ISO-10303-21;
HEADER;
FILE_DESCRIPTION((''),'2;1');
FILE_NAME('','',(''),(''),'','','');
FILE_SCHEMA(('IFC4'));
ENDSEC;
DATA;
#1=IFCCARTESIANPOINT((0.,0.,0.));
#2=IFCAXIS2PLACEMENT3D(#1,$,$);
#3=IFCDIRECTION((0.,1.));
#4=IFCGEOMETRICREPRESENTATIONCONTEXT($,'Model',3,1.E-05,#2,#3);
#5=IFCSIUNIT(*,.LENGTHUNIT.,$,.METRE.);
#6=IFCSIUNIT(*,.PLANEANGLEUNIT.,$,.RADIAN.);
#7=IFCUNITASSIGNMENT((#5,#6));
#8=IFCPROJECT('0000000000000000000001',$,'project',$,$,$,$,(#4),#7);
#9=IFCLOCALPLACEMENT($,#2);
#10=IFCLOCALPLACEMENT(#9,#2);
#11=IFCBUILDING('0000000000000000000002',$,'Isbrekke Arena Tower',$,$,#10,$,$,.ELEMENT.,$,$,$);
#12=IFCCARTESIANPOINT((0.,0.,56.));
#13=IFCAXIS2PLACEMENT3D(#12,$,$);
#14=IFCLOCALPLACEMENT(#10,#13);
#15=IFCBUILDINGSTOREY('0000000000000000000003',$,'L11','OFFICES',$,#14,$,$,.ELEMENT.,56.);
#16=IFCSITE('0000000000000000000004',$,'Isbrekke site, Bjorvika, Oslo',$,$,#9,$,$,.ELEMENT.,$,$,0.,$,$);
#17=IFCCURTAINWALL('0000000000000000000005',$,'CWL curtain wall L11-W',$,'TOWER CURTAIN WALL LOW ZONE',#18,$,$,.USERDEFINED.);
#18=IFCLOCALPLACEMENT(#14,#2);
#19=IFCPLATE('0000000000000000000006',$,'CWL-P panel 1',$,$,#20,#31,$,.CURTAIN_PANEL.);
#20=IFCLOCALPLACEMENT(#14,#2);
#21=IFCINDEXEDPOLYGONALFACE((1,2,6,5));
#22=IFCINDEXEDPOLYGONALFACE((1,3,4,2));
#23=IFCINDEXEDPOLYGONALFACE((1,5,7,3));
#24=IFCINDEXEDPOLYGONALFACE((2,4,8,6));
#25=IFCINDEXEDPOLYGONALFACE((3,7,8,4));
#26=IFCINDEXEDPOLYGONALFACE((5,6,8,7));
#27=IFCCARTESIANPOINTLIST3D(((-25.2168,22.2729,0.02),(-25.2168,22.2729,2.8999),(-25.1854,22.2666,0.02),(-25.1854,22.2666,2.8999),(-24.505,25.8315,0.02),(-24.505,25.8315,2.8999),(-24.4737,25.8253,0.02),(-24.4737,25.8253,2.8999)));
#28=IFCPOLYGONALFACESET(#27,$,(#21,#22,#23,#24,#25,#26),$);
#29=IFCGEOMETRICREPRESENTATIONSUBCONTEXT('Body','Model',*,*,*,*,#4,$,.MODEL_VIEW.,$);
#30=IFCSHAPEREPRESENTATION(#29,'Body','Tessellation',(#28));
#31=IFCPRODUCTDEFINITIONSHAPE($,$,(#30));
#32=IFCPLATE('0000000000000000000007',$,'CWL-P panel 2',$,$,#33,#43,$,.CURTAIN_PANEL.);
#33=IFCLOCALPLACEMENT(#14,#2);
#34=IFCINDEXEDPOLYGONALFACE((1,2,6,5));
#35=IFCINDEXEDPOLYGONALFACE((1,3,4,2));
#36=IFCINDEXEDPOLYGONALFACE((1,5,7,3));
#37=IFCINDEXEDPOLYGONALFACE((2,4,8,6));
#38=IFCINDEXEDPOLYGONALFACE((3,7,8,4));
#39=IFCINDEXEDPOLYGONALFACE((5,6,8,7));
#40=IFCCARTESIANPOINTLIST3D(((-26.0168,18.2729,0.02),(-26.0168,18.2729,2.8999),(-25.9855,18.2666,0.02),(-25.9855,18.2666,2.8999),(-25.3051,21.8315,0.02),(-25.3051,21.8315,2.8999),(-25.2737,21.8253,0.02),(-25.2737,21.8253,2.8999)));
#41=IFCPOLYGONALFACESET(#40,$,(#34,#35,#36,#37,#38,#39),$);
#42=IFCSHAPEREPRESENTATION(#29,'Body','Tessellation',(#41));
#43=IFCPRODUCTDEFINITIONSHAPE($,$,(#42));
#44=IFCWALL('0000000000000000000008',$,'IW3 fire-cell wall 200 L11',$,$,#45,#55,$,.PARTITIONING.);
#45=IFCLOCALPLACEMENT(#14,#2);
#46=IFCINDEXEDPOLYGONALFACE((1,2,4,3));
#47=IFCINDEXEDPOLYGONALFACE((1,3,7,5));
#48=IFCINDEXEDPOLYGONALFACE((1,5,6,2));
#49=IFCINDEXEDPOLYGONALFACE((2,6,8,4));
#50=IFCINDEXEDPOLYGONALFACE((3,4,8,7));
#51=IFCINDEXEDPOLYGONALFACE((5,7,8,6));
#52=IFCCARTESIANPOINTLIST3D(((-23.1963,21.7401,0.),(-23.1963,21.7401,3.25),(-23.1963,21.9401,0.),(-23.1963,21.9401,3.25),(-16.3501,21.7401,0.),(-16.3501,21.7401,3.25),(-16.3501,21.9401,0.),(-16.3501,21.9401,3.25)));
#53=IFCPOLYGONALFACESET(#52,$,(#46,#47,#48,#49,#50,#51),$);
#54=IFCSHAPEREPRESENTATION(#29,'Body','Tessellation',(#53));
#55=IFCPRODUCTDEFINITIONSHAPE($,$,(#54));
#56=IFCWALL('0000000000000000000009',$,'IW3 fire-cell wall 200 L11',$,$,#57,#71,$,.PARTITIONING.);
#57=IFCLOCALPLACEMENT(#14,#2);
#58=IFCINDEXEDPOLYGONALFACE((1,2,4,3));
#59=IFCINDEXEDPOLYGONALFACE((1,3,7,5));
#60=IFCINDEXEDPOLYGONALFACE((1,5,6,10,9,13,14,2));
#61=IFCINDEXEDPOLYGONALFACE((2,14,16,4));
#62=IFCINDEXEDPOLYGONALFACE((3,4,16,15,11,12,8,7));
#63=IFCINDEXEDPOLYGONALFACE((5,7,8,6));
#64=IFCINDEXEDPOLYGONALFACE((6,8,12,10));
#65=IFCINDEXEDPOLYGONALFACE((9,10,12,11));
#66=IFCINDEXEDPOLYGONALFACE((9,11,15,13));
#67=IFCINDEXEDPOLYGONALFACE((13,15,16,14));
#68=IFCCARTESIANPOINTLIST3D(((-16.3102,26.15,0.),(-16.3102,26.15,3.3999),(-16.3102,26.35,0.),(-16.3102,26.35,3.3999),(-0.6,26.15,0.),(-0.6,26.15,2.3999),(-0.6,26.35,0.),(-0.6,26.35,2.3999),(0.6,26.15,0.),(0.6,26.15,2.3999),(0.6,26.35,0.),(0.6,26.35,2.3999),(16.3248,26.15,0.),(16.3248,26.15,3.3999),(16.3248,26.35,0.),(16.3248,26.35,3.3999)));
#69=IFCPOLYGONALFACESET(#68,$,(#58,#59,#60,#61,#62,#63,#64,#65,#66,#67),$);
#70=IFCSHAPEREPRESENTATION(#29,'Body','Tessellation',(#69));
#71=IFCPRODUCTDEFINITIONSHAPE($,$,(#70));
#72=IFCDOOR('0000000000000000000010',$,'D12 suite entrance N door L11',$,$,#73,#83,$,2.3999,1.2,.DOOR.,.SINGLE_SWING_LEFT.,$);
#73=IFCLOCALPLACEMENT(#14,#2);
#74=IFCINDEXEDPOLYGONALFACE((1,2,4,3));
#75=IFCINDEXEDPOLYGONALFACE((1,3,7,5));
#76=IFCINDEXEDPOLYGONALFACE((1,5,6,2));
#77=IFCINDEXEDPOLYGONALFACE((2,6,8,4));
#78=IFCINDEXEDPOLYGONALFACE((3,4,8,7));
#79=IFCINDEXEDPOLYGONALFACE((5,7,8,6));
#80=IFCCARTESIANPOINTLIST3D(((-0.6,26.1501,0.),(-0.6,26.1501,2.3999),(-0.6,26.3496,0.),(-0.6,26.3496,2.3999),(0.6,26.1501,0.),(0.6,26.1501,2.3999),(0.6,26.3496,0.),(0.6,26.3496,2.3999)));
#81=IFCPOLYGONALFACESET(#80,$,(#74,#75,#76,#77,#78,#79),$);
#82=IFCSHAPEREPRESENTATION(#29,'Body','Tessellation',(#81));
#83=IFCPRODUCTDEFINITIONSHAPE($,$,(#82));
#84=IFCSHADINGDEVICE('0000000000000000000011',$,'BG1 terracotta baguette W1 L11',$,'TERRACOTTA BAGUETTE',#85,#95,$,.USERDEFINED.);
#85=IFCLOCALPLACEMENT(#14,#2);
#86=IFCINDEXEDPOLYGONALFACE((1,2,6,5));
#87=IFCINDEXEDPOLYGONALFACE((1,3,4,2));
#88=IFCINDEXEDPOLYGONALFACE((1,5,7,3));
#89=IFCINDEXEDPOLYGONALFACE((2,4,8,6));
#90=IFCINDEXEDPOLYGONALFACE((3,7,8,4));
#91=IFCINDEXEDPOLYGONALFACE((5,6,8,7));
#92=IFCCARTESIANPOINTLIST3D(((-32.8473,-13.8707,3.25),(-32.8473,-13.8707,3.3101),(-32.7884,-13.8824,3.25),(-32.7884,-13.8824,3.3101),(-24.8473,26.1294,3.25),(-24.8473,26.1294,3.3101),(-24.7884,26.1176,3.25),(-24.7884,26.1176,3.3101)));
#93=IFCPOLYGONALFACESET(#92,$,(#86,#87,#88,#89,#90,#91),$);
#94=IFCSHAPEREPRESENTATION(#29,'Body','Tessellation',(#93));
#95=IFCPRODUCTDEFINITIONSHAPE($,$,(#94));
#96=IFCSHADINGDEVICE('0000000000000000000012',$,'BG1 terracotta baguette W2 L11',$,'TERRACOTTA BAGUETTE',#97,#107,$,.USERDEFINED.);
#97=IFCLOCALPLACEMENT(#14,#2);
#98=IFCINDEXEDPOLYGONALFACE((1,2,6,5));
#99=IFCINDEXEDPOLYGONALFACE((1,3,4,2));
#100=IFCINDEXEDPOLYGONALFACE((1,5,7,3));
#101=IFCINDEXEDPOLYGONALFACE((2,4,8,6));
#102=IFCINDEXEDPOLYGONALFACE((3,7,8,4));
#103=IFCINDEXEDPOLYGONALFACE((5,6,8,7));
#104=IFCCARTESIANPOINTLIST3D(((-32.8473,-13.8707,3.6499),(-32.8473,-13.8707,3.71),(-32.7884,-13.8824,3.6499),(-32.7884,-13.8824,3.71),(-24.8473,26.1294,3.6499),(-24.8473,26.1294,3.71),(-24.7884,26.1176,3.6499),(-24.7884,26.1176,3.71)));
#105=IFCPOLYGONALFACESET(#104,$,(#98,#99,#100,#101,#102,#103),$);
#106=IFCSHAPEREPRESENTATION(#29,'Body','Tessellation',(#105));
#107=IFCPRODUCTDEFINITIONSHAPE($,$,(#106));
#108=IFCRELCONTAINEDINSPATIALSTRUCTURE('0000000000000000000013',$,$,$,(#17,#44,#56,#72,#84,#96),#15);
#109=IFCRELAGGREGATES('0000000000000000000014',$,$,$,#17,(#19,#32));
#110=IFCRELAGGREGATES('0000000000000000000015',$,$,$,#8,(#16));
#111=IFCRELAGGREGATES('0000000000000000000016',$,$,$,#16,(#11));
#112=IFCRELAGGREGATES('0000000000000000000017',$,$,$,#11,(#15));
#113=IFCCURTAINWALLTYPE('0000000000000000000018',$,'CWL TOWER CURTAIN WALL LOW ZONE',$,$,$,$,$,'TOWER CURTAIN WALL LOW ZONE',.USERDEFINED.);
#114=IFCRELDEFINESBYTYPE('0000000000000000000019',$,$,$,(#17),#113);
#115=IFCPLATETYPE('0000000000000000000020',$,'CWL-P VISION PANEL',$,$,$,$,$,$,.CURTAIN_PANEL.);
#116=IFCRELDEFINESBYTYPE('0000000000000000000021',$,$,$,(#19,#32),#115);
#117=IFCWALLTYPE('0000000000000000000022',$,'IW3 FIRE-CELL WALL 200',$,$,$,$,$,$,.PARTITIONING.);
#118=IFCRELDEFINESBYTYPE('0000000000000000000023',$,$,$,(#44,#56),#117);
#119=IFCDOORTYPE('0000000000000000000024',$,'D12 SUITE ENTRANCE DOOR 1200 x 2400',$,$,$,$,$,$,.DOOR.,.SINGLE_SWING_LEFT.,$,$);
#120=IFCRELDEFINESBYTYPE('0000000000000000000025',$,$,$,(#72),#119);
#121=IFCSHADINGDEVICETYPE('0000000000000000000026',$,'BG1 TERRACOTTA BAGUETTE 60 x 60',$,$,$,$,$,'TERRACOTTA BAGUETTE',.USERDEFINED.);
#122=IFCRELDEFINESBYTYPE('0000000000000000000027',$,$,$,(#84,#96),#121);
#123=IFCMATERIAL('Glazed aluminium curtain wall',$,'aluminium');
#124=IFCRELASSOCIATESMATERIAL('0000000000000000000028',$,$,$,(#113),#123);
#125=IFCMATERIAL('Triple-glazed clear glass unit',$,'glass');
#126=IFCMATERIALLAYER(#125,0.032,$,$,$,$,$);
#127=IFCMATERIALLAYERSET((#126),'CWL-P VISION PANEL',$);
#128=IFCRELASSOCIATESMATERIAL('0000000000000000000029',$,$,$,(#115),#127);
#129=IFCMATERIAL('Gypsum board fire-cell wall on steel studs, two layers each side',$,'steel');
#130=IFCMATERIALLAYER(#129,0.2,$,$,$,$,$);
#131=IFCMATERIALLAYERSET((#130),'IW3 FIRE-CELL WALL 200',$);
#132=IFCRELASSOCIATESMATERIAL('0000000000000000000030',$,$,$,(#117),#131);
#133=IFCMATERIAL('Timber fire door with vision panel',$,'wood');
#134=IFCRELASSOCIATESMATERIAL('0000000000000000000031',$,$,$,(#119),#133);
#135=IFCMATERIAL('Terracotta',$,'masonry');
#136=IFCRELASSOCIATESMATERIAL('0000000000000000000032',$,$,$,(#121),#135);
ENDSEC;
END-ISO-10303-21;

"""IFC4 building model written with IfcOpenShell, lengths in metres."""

from ifc_helpers import new_model, si_unit, direction, frame, frame_2d, origin, origin_2d, place, context, subcontext, project, spatial, rectangle, extrude, material, layer, layer_set, material_profile, profile_set, type_object, element, fill, aggregate, save


model = new_model("IFC4")

# Units and contexts
model_context = context("Model", 3, precision=1e-05, world=origin(), true_north=direction((0.0, 1.0)))
body_context = subcontext(model_context, "Body", "Model", "MODEL_VIEW")
ifc_project = project(units=[si_unit("LENGTHUNIT", "METRE"), si_unit("PLANEANGLEUNIT", "RADIAN")], contexts=[model_context])

# Site, building, storey
site_placement = place(None, origin())
site = spatial("IfcSite", under=ifc_project, at=site_placement, Name="Isbrekke site, Bjorvika, Oslo", CompositionType="ELEMENT", RefElevation=0.0)
building_placement = place(site_placement, origin())
building = spatial("IfcBuilding", under=site, at=building_placement, Name="Isbrekke Arena Tower", CompositionType="ELEMENT")
storey_placement = place(building_placement, frame((0.0, 0.0, 56.0)))
storey = spatial("IfcBuildingStorey", under=building, at=storey_placement, Name="L11", Description="OFFICES", CompositionType="ELEMENT", Elevation=56.0)

# Shared definitions
ifc_material_1 = material(Name="Glazed aluminium curtain wall", Category="aluminium")
curtain_wall_type = type_object("IfcCurtainWallType", Name="CWL TOWER CURTAIN WALL LOW ZONE", ElementType="TOWER CURTAIN WALL LOW ZONE", PredefinedType="USERDEFINED", material=ifc_material_1)

# Curtain wall
curtain_wall_1_placement = place(storey_placement, origin())
curtain_wall_1 = element("IfcCurtainWall", 1, at=curtain_wall_1_placement, inside=storey, type_object=curtain_wall_type, Name="CWL curtain wall L11-W", ObjectType="TOWER CURTAIN WALL LOW ZONE", PredefinedType="USERDEFINED")

# Plates
ifc_material_2 = material(Name="Triple-glazed clear glass unit", Category="glass")
ifc_layer_1 = layer(ifc_material_2, 0.032)
ifc_layer_set_1 = layer_set([ifc_layer_1], Name="CWL-P VISION PANEL")
plate_type = type_object("IfcPlateType", Name="CWL-P VISION PANEL", PredefinedType="CURTAIN_PANEL", material=ifc_layer_set_1)
plate_1_placement = place(storey_placement, frame((-24.8452, 24.0491, 0.02), z_axis=(0.0, 0.0, 1.0), x_axis=(-0.196116, -0.980581, 0.0)))
plate_1 = element("IfcPlate", 2, at=plate_1_placement, type_object=plate_type, Name="CWL-P panel 1", PredefinedType="CURTAIN_PANEL", context=body_context, shape_type="SweptSolid", body=[
    extrude(rectangle(XDim=3.6292, YDim=0.032, at=origin_2d()), origin(), (0.0, 0.0, 1.0), 2.8799),
])
plate_2_placement = place(storey_placement, frame((-25.6453, 20.0491, 0.02), z_axis=(0.0, 0.0, 1.0), x_axis=(-0.196116, -0.980581, 0.0)))
plate_2 = element("IfcPlate", 3, at=plate_2_placement, type_object=plate_type, Name="CWL-P panel 2", PredefinedType="CURTAIN_PANEL", context=body_context, shape_type="SweptSolid", body=[
    extrude(rectangle(XDim=3.6292, YDim=0.032, at=origin_2d()), origin(), (0.0, 0.0, 1.0), 2.8799),
])
aggregate(curtain_wall_1, [plate_1, plate_2])

# Wall
ifc_material_3 = material(Name="Gypsum board fire-cell wall on steel studs, two layers each side", Category="steel")
ifc_layer_2 = layer(ifc_material_3, 0.2)
ifc_layer_set_2 = layer_set([ifc_layer_2], Name="IW3 FIRE-CELL WALL 200")
wall_type_1 = type_object("IfcWallType", Name="IW3 FIRE-CELL WALL 200", PredefinedType="PARTITIONING", material=ifc_layer_set_2)
wall_1_placement = place(storey_placement, frame((-23.1963, 21.8401, 0.0), z_axis=(0.0, 0.0, 1.0), x_axis=(1.0, 0.0, 0.0)))
element("IfcWall", 4, at=wall_1_placement, inside=storey, type_object=wall_type_1, Name="IW3 fire-cell wall 200 L11", PredefinedType="PARTITIONING", context=body_context, shape_type="SweptSolid", body=[
    extrude(rectangle(XDim=6.8462, YDim=0.2, at=frame_2d((3.4231, 0.0))), origin(), (0.0, 0.0, 1.0), 3.25),
])

# Wall, opening, door
wall_2_placement = place(storey_placement, frame((-16.3101, 26.25, 0.0), z_axis=(0.0, 0.0, 1.0), x_axis=(1.0, 0.0, 0.0)))
wall_2 = element("IfcWall", 5, at=wall_2_placement, inside=storey, type_object=wall_type_1, Name="IW3 fire-cell wall 200 L11", PredefinedType="PARTITIONING", context=body_context, shape_type="SweptSolid", body=[
    extrude(rectangle(XDim=32.635, YDim=0.2, at=frame_2d((16.3174, 0.0))), origin(), (0.0, 0.0, 1.0), 3.3999),
])
opening_1_placement = place(wall_2_placement, frame((15.71, 0.0, 0.0)))
opening_1 = element("IfcOpeningElement", 6, at=opening_1_placement, cuts=wall_2, PredefinedType="OPENING", context=body_context, shape_type="SweptSolid", body=[
    extrude(rectangle(XDim=1.2, YDim=2.3999, at=frame_2d((0.6001, 1.2))), frame((0.0, 0.1147, 0.0), z_axis=(0.0, -1.0, 0.0), x_axis=(1.0, 0.0, 0.0)), (0.0, 0.0, 1.0), 0.2297),
])
ifc_material_4 = material(Name="Timber fire door with vision panel", Category="wood")
door_type_1 = type_object("IfcDoorType", Name="D12 SUITE ENTRANCE DOOR 1200 x 2400", OperationType="SINGLE_SWING_LEFT", PredefinedType="DOOR", material=ifc_material_4)
door_1_placement = place(opening_1_placement, origin())
door_1 = element("IfcDoor", 7, at=door_1_placement, inside=storey, type_object=door_type_1, Name="D12 suite entrance N door L11", OperationType="SINGLE_SWING_LEFT", OverallHeight=2.3999, OverallWidth=1.2, PredefinedType="DOOR", context=body_context, shape_type="SweptSolid", body=[
    extrude(rectangle(XDim=1.2, YDim=2.3999, at=frame_2d((0.6001, 1.2))), frame((0.0, 0.0996, 0.0), z_axis=(0.0, -1.0, 0.0), x_axis=(1.0, 0.0, 0.0)), (0.0, 0.0, 1.0), 0.1995),
])
fill(opening_1, door_1)

# Shading devices
ifc_material_5 = material(Name="Terracotta", Category="masonry")
ifc_material_profile_1 = material_profile(ifc_material_5, rectangle(XDim=0.0601, YDim=0.0601, at=origin_2d()), Name="BAGUETTE 60X60")
ifc_profile_set_1 = profile_set([ifc_material_profile_1], Name="Terracotta")
shading_device_type = type_object("IfcShadingDeviceType", Name="BG1 TERRACOTTA BAGUETTE 60 x 60", ElementType="TERRACOTTA BAGUETTE", PredefinedType="USERDEFINED", material=ifc_profile_set_1)
for number, where, z_axis, x_axis, name in (
    (8, (-24.8179, 26.1235, 3.28), (-0.196116, -0.980581, 0.0), (0.980581, -0.196116, 0.0), "BG1 terracotta baguette W1 L11"),
    (9, (-24.8179, 26.1235, 3.6799), (-0.196116, -0.980581, 0.0), (0.980581, -0.196116, 0.0), "BG1 terracotta baguette W2 L11"),
):
    element("IfcShadingDevice", number, at=place(storey_placement, frame(where, z_axis=z_axis, x_axis=x_axis)), inside=storey, type_object=shading_device_type, Name=name, ObjectType="TERRACOTTA BAGUETTE", PredefinedType="USERDEFINED", context=body_context, shape_type="SweptSolid", body=[
        extrude(rectangle(XDim=0.0601, YDim=0.0601, at=origin_2d()), origin(), (0.0, 0.0, 1.0), 40.7922),
    ])

save(model, "model.ifc")
